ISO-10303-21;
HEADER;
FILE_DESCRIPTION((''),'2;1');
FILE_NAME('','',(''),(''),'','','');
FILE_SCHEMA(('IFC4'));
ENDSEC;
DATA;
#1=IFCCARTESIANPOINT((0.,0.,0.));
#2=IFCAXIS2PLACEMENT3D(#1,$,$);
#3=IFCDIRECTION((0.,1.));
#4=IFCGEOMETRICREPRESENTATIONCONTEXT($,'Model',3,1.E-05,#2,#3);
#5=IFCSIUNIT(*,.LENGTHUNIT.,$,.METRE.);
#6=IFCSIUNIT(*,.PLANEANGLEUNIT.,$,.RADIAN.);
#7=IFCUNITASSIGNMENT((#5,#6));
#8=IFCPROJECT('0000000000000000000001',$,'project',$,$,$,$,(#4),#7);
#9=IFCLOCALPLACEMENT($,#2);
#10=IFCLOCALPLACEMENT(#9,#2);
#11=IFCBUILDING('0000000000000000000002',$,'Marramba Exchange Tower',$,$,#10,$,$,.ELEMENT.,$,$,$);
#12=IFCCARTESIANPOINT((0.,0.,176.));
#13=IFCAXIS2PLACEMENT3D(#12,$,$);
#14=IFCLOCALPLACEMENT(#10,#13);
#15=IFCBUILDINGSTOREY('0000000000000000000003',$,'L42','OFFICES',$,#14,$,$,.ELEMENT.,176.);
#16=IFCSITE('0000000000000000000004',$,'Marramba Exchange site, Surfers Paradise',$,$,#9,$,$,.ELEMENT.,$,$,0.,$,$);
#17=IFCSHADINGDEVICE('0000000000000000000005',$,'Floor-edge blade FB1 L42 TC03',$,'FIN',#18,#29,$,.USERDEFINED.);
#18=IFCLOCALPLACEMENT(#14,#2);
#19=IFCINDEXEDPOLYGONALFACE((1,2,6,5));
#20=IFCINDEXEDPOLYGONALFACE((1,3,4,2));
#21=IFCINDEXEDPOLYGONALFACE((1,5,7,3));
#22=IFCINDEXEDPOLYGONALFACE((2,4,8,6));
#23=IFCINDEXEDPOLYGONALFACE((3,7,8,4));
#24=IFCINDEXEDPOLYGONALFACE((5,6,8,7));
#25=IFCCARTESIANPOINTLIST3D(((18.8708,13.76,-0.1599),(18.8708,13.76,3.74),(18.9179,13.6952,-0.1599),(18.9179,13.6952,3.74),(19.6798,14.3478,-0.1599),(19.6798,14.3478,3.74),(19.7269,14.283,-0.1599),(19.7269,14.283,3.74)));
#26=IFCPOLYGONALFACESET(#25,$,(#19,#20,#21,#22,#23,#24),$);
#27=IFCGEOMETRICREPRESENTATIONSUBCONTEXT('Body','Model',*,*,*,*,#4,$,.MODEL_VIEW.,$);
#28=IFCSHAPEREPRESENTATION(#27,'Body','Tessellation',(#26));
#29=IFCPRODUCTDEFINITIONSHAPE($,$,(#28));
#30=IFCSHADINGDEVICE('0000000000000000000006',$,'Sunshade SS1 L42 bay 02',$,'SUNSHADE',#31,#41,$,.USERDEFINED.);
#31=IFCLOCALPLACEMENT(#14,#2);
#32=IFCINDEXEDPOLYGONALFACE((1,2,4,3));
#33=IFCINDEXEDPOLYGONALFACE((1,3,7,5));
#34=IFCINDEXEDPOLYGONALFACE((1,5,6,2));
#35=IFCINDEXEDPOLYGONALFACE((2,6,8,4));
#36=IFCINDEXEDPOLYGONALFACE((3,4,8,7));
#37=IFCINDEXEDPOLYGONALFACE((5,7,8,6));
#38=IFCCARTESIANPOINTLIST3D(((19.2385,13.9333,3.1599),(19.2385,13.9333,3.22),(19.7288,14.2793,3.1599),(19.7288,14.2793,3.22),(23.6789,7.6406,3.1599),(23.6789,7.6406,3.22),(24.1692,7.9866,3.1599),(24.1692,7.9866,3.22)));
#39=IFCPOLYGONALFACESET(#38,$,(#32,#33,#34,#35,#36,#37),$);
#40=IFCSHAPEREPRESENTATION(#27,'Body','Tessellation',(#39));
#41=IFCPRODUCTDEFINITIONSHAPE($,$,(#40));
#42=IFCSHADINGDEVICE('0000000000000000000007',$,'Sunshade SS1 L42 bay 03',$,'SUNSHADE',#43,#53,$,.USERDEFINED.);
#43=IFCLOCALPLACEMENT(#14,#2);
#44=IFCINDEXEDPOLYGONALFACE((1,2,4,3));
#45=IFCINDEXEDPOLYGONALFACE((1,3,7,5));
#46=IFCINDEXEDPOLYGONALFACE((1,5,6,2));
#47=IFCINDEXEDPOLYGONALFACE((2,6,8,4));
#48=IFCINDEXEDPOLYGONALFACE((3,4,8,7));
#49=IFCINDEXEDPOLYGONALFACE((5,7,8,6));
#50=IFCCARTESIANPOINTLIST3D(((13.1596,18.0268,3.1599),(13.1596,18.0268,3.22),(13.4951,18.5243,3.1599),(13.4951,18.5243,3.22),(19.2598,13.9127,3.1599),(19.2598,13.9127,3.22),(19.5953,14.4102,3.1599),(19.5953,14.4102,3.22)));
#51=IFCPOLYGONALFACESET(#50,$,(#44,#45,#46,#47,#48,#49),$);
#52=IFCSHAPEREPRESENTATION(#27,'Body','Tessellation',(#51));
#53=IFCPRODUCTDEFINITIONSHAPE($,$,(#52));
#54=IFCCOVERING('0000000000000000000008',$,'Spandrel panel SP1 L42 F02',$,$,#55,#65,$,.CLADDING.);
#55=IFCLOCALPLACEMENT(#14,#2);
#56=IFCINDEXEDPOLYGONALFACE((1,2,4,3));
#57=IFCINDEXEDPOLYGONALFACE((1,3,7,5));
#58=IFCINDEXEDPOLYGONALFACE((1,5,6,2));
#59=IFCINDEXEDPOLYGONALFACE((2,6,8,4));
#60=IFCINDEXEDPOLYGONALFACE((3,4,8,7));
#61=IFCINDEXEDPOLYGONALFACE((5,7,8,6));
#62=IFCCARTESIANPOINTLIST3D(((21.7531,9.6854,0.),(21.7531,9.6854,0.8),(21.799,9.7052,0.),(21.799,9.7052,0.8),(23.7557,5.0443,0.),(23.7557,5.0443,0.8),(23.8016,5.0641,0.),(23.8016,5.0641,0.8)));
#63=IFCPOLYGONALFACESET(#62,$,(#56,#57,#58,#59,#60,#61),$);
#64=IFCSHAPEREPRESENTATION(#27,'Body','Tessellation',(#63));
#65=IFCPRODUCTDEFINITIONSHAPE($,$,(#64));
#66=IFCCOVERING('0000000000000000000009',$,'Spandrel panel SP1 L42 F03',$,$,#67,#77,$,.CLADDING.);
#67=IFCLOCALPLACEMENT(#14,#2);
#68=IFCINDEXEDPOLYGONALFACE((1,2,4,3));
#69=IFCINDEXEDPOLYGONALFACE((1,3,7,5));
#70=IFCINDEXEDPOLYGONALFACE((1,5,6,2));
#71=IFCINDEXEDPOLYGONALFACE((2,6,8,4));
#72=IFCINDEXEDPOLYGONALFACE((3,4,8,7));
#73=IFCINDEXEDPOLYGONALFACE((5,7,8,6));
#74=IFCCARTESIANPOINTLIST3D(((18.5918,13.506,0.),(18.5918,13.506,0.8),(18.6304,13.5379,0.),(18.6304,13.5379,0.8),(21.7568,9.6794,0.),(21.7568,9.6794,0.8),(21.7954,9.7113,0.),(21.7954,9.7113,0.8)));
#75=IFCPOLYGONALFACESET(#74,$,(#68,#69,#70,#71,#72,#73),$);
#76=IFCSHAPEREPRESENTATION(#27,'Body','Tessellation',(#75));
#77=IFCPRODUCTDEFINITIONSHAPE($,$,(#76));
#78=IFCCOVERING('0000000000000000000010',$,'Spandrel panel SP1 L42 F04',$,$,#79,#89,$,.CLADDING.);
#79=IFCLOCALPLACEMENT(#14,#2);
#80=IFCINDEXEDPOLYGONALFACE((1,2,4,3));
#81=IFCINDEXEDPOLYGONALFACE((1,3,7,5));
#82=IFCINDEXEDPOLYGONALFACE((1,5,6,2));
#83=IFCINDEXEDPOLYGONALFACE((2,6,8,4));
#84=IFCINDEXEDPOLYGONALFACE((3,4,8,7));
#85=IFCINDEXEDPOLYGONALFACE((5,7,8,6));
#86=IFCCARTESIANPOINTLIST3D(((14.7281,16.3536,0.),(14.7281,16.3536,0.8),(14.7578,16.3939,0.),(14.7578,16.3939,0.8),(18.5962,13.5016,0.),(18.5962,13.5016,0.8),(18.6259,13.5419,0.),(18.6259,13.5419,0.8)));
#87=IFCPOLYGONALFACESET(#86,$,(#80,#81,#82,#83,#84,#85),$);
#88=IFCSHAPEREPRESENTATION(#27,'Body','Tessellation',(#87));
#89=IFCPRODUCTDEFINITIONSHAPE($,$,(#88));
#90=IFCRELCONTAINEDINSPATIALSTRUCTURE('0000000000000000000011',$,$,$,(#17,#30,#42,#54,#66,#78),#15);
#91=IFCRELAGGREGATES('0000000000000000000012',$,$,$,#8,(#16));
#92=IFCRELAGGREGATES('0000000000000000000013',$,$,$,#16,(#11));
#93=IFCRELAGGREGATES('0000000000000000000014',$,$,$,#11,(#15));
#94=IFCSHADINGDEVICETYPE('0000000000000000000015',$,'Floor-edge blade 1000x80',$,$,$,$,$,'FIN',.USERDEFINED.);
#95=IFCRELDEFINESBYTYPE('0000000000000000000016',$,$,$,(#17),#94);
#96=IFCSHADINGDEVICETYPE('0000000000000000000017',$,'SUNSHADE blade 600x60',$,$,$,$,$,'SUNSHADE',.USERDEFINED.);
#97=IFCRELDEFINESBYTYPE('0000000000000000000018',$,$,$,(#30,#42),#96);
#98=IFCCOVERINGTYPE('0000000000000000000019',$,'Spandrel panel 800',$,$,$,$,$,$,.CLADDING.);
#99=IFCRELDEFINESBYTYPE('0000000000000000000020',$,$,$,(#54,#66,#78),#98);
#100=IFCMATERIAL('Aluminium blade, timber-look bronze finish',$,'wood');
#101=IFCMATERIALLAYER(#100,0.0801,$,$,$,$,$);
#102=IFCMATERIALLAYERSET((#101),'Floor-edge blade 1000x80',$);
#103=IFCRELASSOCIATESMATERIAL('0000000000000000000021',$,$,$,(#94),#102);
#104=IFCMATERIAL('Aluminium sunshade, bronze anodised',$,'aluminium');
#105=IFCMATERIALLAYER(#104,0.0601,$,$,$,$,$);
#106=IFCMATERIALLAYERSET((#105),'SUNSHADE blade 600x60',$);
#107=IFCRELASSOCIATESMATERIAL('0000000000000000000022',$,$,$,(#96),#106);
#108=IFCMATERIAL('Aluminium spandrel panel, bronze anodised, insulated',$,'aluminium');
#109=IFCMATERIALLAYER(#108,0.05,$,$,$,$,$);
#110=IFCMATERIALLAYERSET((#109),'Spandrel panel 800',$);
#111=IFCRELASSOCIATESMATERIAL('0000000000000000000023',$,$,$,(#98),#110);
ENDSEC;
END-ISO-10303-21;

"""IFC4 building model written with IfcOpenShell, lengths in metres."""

from ifc_helpers import new_model, si_unit, direction, frame, origin, origin_2d, place, context, subcontext, project, spatial, rectangle, extrude, material, layer, layer_set, type_object, element, save


model = new_model("IFC4")

# Units and contexts
model_context = context("Model", 3, precision=1e-05, world=origin(), true_north=direction((0.0, 1.0)))
body_context = subcontext(model_context, "Body", "Model", "MODEL_VIEW")
ifc_project = project(units=[si_unit("LENGTHUNIT", "METRE"), si_unit("PLANEANGLEUNIT", "RADIAN")], contexts=[model_context])

# Site, building, storey
site_placement = place(None, origin())
site = spatial("IfcSite", under=ifc_project, at=site_placement, Name="Marramba Exchange site, Surfers Paradise", CompositionType="ELEMENT", RefElevation=0.0)
building_placement = place(site_placement, origin())
building = spatial("IfcBuilding", under=site, at=building_placement, Name="Marramba Exchange Tower", CompositionType="ELEMENT")
storey_placement = place(building_placement, frame((0.0, 0.0, 176.0)))
storey = spatial("IfcBuildingStorey", under=building, at=storey_placement, Name="L42", Description="OFFICES", CompositionType="ELEMENT", Elevation=176.0)

# Shading devices
ifc_material_1 = material(Name="Aluminium blade, timber-look bronze finish", Category="wood")
ifc_layer_1 = layer(ifc_material_1, 0.0801)
ifc_layer_set_1 = layer_set([ifc_layer_1], Name="Floor-edge blade 1000x80")
shading_device_type_1 = type_object("IfcShadingDeviceType", Name="Floor-edge blade 1000x80", ElementType="FIN", PredefinedType="USERDEFINED", material=ifc_layer_set_1)
for number, where, z_axis, x_axis, name in (
    (1, (19.2988, 14.0215, -0.1599), (0.0, 0.0, 1.0), (0.809017, 0.587785, 0.0), "Floor-edge blade FB1 L42 TC03"),
):
    element("IfcShadingDevice", number, at=place(storey_placement, frame(where, z_axis=z_axis, x_axis=x_axis)), inside=storey, type_object=shading_device_type_1, Name=name, ObjectType="FIN", PredefinedType="USERDEFINED", context=body_context, shape_type="SweptSolid", body=[
        extrude(rectangle(XDim=1.0, YDim=0.0801, at=origin_2d()), origin(), (0.0, 0.0, 1.0), 3.8999),
    ])
ifc_material_2 = material(Name="Aluminium sunshade, bronze anodised", Category="aluminium")
ifc_layer_2 = layer(ifc_material_2, 0.0601)
ifc_layer_set_2 = layer_set([ifc_layer_2], Name="SUNSHADE blade 600x60")
shading_device_type_2 = type_object("IfcShadingDeviceType", Name="SUNSHADE blade 600x60", ElementType="SUNSHADE", PredefinedType="USERDEFINED", material=ifc_layer_set_2)
shading_device_1_placement = place(storey_placement, frame((21.7039, 10.96, 3.1599), z_axis=(0.0, 0.0, 1.0), x_axis=(-0.576555, 0.817058, 0.0)))
element("IfcShadingDevice", 2, at=shading_device_1_placement, inside=storey, type_object=shading_device_type_2, Name="Sunshade SS1 L42 bay 02", ObjectType="SUNSHADE", PredefinedType="USERDEFINED", context=body_context, shape_type="SweptSolid", body=[
    extrude(rectangle(XDim=7.7017, YDim=0.6001, at=origin_2d()), origin(), (0.0, 0.0, 1.0), 0.0601),
])
shading_device_2_placement = place(storey_placement, frame((16.3774, 16.2185, 3.1599), z_axis=(0.0, 0.0, 1.0), x_axis=(-0.829071, 0.559143, 0.0)))
element("IfcShadingDevice", 3, at=shading_device_2_placement, inside=storey, type_object=shading_device_type_2, Name="Sunshade SS1 L42 bay 03", ObjectType="SUNSHADE", PredefinedType="USERDEFINED", context=body_context, shape_type="SweptSolid", body=[
    extrude(rectangle(XDim=7.3579, YDim=0.6001, at=origin_2d()), origin(), (0.0, 0.0, 1.0), 0.0601),
])

# Coverings
ifc_material_3 = material(Name="Aluminium spandrel panel, bronze anodised, insulated", Category="aluminium")
ifc_layer_3 = layer(ifc_material_3, 0.05)
ifc_layer_set_3 = layer_set([ifc_layer_3], Name="Spandrel panel 800")
covering_type = type_object("IfcCoveringType", Name="Spandrel panel 800", PredefinedType="CLADDING", material=ifc_layer_set_3)
covering_1_placement = place(storey_placement, frame((22.7773, 7.3748, 0.0), z_axis=(0.0, 0.0, 1.0), x_axis=(-0.396193, 0.918167, 0.0)))
element("IfcCovering", 4, at=covering_1_placement, inside=storey, type_object=covering_type, Name="Spandrel panel SP1 L42 F02", PredefinedType="CLADDING", context=body_context, shape_type="SweptSolid", body=[
    extrude(rectangle(XDim=5.0547, YDim=0.05, at=origin_2d()), origin(), (0.0, 0.0, 1.0), 0.8),
])
covering_2_placement = place(storey_placement, frame((20.1936, 11.6086, 0.0), z_axis=(0.0, 0.0, 1.0), x_axis=(-0.63735, 0.770574, 0.0)))
element("IfcCovering", 5, at=covering_2_placement, inside=storey, type_object=covering_type, Name="Spandrel panel SP1 L42 F03", PredefinedType="CLADDING", context=body_context, shape_type="SweptSolid", body=[
    extrude(rectangle(XDim=4.9658, YDim=0.05, at=origin_2d()), origin(), (0.0, 0.0, 1.0), 0.8),
])
covering_3_placement = place(storey_placement, frame((16.677, 14.9478, 0.0), z_axis=(0.0, 0.0, 1.0), x_axis=(-0.804877, 0.593441, 0.0)))
element("IfcCovering", 6, at=covering_3_placement, inside=storey, type_object=covering_type, Name="Spandrel panel SP1 L42 F04", PredefinedType="CLADDING", context=body_context, shape_type="SweptSolid", body=[
    extrude(rectangle(XDim=4.8059, YDim=0.05, at=origin_2d()), origin(), (0.0, 0.0, 1.0), 0.8),
])

save(model, "model.ifc")
